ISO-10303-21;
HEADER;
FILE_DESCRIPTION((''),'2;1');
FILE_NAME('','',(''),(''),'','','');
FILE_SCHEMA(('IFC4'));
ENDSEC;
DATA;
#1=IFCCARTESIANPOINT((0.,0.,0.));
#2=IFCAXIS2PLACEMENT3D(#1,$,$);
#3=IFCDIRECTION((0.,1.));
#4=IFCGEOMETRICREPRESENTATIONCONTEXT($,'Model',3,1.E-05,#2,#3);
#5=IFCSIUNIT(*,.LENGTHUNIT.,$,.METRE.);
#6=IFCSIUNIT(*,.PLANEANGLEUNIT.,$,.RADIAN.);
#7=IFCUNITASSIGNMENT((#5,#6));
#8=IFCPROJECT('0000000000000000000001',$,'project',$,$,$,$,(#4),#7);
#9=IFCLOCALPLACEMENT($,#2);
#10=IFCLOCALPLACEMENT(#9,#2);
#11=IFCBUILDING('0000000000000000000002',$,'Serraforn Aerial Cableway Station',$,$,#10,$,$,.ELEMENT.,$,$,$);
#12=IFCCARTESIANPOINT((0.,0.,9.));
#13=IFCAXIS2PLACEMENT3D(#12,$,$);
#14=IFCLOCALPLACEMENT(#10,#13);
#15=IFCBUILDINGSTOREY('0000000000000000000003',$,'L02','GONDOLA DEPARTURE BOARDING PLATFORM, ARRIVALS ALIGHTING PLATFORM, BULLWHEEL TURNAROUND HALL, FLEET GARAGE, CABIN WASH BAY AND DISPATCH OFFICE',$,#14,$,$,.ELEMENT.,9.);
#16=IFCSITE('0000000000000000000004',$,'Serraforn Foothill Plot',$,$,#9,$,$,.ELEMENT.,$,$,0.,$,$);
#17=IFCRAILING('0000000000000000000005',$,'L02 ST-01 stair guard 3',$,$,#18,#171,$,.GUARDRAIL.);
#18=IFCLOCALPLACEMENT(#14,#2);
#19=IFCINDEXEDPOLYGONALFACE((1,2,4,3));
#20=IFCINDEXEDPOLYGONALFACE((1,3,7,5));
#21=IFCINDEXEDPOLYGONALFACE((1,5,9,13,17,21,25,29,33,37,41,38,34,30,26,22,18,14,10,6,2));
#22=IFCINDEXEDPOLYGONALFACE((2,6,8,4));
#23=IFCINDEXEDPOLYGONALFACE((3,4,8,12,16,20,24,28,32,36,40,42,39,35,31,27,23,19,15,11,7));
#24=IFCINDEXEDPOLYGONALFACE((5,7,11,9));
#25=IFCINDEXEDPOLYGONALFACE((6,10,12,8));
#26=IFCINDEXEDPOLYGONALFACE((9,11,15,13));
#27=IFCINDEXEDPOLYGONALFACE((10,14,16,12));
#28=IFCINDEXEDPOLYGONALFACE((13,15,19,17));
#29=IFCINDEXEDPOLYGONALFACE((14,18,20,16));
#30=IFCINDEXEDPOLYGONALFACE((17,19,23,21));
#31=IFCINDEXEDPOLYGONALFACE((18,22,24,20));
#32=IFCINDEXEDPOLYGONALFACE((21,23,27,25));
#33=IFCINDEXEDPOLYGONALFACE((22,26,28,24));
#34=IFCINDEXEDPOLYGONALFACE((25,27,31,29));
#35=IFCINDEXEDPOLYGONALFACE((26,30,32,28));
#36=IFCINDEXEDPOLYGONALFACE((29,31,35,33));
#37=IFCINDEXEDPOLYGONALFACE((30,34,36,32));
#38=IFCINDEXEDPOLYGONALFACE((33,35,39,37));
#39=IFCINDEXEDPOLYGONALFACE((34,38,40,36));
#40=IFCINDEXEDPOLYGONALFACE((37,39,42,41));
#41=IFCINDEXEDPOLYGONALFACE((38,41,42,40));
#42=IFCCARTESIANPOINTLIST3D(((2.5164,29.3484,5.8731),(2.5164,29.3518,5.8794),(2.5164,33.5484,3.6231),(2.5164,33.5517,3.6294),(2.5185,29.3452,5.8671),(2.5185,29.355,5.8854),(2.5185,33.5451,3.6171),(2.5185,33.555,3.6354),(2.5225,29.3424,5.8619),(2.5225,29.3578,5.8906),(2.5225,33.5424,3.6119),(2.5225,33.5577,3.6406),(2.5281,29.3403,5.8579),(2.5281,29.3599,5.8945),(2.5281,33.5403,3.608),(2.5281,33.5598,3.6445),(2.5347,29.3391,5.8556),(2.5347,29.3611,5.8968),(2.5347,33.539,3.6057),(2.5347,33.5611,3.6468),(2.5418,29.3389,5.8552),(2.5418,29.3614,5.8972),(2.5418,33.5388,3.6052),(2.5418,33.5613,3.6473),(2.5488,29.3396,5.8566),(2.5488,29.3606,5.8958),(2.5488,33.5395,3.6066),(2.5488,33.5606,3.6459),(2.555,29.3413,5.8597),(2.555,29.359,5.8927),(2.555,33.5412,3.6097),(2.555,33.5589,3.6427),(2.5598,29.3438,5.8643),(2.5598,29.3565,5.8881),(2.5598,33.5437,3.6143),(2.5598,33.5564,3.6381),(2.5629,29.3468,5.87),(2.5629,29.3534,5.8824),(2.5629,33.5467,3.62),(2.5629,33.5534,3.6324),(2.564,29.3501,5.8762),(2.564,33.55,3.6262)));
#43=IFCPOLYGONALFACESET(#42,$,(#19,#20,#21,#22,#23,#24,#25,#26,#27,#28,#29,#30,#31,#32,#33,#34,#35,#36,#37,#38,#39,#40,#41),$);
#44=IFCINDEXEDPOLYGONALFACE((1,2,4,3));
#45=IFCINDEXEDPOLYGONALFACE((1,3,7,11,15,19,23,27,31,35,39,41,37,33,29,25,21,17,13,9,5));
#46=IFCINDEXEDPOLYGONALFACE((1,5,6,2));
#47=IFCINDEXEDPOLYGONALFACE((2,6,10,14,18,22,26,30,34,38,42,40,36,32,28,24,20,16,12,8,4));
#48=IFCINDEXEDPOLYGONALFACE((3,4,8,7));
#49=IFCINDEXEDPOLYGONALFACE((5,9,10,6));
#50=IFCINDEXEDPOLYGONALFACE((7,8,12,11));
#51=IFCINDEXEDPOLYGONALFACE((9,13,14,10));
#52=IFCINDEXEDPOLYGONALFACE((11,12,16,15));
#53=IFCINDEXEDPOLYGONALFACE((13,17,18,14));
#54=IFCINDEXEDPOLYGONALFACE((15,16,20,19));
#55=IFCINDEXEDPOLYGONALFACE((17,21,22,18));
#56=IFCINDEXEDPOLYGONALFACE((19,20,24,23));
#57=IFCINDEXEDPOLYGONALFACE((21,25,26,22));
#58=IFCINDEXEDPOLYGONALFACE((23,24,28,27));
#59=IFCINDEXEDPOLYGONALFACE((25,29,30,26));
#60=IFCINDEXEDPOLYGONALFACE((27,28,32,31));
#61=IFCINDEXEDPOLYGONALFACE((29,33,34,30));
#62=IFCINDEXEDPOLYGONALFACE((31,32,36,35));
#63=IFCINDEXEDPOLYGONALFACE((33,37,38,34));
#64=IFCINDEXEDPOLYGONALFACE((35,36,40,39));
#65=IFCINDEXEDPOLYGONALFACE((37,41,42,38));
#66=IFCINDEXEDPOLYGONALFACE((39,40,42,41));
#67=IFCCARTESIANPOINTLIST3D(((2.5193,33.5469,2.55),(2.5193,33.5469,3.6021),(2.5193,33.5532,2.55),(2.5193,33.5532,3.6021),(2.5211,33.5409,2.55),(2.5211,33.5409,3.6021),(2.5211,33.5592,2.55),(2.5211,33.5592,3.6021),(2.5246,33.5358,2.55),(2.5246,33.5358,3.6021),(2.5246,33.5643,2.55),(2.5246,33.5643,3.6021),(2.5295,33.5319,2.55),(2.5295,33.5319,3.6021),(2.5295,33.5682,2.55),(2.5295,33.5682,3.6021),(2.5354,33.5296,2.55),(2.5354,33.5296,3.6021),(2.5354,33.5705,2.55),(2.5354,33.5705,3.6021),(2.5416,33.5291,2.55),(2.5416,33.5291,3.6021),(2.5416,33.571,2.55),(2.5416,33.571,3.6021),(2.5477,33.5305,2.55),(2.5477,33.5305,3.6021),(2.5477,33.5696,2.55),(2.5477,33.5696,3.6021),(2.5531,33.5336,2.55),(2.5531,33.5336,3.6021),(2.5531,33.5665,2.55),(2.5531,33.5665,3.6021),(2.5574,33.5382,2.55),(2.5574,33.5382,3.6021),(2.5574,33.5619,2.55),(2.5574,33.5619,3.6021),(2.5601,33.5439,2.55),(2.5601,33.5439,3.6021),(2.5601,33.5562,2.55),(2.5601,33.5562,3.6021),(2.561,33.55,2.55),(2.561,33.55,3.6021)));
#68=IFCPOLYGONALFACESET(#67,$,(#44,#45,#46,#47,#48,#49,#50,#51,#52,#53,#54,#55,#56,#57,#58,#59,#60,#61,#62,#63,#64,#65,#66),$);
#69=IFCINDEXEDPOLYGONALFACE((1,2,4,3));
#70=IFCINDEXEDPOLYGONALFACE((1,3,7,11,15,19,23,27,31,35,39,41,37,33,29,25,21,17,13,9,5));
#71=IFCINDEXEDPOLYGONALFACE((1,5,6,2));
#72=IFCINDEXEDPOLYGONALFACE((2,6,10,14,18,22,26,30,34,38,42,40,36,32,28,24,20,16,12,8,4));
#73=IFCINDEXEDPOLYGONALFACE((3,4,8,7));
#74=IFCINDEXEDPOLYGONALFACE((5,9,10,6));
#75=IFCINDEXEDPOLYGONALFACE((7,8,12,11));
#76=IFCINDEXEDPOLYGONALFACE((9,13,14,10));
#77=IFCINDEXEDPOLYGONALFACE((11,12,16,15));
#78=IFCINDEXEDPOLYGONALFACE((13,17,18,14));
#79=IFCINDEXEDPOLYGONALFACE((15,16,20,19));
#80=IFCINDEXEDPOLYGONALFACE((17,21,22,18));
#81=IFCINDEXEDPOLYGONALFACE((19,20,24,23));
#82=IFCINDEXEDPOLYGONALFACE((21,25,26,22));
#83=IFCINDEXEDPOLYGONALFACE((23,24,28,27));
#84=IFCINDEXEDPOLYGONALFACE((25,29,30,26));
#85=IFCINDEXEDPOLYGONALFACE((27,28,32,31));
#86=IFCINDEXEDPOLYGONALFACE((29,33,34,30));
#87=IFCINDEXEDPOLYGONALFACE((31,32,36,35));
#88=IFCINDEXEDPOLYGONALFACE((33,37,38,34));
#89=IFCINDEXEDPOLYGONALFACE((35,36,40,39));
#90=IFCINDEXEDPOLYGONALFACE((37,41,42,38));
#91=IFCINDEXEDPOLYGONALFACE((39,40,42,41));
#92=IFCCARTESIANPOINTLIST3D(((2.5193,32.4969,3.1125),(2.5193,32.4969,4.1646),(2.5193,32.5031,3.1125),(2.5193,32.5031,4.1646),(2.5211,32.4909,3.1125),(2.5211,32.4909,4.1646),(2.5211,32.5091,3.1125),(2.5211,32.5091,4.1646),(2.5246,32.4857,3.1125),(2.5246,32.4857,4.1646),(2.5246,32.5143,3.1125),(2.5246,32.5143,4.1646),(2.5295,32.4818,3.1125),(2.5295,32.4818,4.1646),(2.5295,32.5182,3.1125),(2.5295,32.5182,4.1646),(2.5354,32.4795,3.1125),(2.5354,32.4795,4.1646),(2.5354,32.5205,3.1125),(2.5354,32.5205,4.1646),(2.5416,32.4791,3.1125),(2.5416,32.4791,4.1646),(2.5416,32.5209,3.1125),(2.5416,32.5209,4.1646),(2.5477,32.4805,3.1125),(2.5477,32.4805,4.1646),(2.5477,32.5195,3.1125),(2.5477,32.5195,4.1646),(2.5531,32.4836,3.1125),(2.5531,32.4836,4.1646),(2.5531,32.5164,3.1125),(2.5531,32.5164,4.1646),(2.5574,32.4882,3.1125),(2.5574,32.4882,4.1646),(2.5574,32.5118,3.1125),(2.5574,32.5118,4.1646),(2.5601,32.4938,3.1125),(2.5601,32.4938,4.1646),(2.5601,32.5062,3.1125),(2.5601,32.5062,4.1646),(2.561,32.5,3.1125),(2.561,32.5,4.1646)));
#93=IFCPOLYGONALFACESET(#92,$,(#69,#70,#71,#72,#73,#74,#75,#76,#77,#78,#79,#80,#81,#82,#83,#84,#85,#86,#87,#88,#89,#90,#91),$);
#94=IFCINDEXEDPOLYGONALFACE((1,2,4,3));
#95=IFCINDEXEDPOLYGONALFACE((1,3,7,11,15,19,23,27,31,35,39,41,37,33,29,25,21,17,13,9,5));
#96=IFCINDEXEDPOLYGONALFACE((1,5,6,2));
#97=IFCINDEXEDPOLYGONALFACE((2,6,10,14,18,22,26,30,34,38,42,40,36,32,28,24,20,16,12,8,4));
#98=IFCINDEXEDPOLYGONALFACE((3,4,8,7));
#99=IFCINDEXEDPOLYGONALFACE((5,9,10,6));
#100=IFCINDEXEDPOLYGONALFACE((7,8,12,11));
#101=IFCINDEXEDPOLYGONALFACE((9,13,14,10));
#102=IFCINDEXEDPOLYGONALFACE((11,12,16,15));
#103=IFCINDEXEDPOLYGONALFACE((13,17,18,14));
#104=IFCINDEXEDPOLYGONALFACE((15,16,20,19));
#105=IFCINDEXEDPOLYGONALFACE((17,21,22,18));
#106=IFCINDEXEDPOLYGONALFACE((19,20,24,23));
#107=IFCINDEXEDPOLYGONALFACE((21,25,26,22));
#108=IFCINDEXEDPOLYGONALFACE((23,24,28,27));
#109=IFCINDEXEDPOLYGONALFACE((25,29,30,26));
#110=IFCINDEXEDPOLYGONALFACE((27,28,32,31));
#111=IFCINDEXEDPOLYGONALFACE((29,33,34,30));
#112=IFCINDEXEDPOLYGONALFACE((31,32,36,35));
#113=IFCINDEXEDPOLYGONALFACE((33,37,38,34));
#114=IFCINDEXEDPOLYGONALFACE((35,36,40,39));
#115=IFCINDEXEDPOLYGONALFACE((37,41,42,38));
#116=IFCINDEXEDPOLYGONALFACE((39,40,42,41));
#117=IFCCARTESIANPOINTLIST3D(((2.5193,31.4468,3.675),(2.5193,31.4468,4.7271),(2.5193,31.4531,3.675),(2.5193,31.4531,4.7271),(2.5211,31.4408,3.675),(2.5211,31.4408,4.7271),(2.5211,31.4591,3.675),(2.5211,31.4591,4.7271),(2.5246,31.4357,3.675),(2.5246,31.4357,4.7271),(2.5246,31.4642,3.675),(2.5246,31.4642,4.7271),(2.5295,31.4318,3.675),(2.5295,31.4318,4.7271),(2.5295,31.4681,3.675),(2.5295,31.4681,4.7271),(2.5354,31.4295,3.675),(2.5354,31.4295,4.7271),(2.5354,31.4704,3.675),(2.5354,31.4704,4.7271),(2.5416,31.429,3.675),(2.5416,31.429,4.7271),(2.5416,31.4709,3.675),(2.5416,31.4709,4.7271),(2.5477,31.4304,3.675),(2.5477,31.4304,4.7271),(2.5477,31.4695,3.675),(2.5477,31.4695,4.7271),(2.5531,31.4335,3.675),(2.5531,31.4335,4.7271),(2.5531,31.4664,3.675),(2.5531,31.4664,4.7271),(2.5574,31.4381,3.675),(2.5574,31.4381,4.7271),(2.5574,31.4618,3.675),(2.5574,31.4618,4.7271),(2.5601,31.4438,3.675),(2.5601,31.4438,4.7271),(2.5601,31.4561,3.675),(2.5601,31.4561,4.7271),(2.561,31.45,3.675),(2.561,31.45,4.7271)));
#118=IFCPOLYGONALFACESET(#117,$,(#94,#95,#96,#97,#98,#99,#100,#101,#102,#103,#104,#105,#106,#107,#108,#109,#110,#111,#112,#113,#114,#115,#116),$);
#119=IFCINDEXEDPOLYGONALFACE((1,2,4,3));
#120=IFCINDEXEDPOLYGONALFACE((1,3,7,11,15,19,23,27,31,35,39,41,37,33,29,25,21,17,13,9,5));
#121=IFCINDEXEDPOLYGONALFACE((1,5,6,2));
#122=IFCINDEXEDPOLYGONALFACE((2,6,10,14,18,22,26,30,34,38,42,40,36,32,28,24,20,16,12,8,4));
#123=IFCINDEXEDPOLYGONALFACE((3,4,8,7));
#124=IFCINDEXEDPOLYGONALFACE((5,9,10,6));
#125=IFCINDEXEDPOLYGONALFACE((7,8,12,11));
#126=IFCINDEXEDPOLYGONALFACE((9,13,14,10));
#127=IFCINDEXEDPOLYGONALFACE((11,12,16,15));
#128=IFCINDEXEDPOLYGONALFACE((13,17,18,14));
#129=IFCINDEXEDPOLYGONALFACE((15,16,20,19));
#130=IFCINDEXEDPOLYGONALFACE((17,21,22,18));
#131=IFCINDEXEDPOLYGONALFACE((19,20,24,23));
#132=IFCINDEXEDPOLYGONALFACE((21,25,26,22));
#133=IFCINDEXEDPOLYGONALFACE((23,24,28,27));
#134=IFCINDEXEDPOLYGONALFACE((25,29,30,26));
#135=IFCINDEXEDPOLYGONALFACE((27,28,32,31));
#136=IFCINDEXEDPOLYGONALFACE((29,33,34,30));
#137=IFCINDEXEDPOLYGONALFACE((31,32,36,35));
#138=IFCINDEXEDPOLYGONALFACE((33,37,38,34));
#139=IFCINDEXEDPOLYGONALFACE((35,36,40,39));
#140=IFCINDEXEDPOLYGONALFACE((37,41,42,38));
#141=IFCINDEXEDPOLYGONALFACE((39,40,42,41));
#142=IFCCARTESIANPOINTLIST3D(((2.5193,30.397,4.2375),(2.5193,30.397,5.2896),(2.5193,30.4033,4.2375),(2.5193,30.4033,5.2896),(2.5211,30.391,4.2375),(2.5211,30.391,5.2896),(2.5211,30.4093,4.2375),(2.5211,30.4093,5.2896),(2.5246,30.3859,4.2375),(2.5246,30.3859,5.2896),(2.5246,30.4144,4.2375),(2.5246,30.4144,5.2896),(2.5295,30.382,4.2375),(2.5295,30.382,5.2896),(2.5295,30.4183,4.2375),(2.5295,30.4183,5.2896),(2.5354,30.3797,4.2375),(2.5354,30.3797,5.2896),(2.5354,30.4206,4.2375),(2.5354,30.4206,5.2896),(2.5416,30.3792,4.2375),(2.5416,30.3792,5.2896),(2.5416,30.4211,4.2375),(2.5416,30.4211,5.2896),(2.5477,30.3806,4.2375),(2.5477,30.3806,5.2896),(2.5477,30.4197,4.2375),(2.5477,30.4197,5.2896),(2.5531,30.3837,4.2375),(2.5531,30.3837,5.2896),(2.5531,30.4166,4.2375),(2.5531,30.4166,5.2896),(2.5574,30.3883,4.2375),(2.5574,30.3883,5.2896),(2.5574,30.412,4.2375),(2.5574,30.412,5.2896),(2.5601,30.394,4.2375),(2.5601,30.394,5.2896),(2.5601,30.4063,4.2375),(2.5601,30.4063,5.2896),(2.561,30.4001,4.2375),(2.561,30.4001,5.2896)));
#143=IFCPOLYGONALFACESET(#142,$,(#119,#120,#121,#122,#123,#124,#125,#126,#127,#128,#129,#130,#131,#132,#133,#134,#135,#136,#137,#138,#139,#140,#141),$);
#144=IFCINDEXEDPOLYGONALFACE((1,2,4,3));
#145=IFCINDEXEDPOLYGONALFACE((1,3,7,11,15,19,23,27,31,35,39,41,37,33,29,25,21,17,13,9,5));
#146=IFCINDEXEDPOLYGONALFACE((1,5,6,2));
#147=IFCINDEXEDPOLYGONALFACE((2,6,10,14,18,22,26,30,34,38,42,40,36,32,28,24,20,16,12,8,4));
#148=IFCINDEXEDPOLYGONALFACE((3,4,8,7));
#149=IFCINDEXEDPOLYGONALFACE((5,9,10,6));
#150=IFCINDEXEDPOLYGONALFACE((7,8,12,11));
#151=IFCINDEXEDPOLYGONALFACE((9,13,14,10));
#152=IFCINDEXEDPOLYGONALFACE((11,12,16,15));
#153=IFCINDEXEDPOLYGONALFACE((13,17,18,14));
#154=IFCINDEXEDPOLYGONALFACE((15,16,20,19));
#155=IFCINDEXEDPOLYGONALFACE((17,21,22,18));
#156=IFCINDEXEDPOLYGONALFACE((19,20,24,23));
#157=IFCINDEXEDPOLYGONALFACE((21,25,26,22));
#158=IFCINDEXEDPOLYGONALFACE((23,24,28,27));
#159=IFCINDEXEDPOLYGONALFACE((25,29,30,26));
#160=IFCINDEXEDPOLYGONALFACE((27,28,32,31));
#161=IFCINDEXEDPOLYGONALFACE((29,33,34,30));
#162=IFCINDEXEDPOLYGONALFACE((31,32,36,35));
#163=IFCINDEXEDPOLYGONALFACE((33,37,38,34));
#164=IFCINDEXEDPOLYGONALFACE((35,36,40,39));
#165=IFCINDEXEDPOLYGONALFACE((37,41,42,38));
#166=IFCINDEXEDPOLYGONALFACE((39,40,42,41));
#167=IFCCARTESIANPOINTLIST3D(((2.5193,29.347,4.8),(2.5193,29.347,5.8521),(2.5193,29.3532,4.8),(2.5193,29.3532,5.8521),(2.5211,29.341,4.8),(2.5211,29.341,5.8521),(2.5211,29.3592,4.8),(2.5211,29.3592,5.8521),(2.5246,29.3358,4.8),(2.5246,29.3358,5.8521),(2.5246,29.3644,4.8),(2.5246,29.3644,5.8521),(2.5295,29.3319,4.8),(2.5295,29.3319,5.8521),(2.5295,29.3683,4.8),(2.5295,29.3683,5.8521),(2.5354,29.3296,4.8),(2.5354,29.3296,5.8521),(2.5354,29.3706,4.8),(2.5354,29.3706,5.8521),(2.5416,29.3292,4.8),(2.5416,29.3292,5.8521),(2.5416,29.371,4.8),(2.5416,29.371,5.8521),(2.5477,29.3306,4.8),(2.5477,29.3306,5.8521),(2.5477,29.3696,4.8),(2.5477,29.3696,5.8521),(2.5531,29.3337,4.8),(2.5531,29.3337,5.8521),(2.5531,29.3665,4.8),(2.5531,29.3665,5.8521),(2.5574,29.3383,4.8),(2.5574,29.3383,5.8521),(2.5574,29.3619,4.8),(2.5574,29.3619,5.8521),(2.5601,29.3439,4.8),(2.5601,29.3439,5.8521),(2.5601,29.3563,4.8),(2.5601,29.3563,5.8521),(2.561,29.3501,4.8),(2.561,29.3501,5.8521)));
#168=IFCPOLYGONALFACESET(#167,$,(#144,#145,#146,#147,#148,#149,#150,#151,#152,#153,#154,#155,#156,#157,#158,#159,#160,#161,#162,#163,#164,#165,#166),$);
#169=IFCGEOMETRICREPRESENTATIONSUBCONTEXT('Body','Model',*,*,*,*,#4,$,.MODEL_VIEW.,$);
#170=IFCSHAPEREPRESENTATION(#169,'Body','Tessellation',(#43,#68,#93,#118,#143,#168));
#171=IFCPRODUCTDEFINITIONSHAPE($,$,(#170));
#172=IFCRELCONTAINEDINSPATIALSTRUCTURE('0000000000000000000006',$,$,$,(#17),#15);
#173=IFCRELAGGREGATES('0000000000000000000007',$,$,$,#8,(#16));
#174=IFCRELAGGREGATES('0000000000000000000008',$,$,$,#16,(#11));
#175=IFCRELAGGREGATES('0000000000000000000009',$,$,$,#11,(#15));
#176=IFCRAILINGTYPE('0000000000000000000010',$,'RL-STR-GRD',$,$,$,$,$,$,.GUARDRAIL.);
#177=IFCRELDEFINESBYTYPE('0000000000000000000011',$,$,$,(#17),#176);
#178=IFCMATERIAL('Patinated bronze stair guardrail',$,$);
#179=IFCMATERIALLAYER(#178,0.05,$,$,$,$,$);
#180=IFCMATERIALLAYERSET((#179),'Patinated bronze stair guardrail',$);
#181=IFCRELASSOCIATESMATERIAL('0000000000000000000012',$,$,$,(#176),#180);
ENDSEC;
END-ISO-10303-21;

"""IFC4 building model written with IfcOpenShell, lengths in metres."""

from ifc_helpers import new_model, si_unit, direction, frame, origin, origin_2d, place, context, subcontext, project, spatial, circle, extrude, material, layer, layer_set, type_object, element, save


model = new_model("IFC4")

# Units and contexts
model_context = context("Model", 3, precision=1e-05, world=origin(), true_north=direction((0.0, 1.0)))
body_context = subcontext(model_context, "Body", "Model", "MODEL_VIEW")
ifc_project = project(units=[si_unit("LENGTHUNIT", "METRE"), si_unit("PLANEANGLEUNIT", "RADIAN")], contexts=[model_context])

# Site, building, storey
site_placement = place(None, origin())
site = spatial("IfcSite", under=ifc_project, at=site_placement, Name="Serraforn Foothill Plot", CompositionType="ELEMENT", RefElevation=0.0)
building_placement = place(site_placement, origin())
building = spatial("IfcBuilding", under=site, at=building_placement, Name="Serraforn Aerial Cableway Station", CompositionType="ELEMENT")
storey_placement = place(building_placement, frame((0.0, 0.0, 9.0)))
storey = spatial("IfcBuildingStorey", under=building, at=storey_placement, Name="L02", Description="GONDOLA DEPARTURE BOARDING PLATFORM, ARRIVALS ALIGHTING PLATFORM, BULLWHEEL TURNAROUND HALL, FLEET GARAGE, CABIN WASH BAY AND DISPATCH OFFICE", CompositionType="ELEMENT", Elevation=9.0)

# Railing
ifc_material_1 = material(Name="Patinated bronze stair guardrail")
ifc_layer_1 = layer(ifc_material_1, 0.05)
ifc_layer_set_1 = layer_set([ifc_layer_1], Name="Patinated bronze stair guardrail")
railing_type_1 = type_object("IfcRailingType", Name="RL-STR-GRD", PredefinedType="GUARDRAIL", material=ifc_layer_set_1)
railing_1_placement = place(storey_placement, frame((2.54, 33.55, 2.55)))
element("IfcRailing", 1, at=railing_1_placement, inside=storey, type_object=railing_type_1, Name="L02 ST-01 stair guard 3", PredefinedType="GUARDRAIL", context=body_context, shape_type="SweptSolid", body=[
    extrude(circle(Radius=0.0239, at=origin_2d()), frame((0.0, 0.0, 1.0762), z_axis=(0.0, -0.881478, 0.472226), x_axis=(1.0, 0.0, 0.0)), (0.0, 0.0, 1.0), 4.7646),
    extrude(circle(Radius=0.021, at=origin_2d()), origin(), (0.0, 0.0, 1.0), 1.052),
    extrude(circle(Radius=0.021, at=origin_2d()), frame((0.0, -1.05, 0.5625)), (0.0, 0.0, 1.0), 1.052),
    extrude(circle(Radius=0.021, at=origin_2d()), frame((0.0, -2.1001, 1.125)), (0.0, 0.0, 1.0), 1.052),
    extrude(circle(Radius=0.021, at=origin_2d()), frame((0.0, -3.1499, 1.6875)), (0.0, 0.0, 1.0), 1.052),
    extrude(circle(Radius=0.021, at=origin_2d()), frame((0.0, -4.2, 2.25)), (0.0, 0.0, 1.0), 1.052),
])

save(model, "model.ifc")
